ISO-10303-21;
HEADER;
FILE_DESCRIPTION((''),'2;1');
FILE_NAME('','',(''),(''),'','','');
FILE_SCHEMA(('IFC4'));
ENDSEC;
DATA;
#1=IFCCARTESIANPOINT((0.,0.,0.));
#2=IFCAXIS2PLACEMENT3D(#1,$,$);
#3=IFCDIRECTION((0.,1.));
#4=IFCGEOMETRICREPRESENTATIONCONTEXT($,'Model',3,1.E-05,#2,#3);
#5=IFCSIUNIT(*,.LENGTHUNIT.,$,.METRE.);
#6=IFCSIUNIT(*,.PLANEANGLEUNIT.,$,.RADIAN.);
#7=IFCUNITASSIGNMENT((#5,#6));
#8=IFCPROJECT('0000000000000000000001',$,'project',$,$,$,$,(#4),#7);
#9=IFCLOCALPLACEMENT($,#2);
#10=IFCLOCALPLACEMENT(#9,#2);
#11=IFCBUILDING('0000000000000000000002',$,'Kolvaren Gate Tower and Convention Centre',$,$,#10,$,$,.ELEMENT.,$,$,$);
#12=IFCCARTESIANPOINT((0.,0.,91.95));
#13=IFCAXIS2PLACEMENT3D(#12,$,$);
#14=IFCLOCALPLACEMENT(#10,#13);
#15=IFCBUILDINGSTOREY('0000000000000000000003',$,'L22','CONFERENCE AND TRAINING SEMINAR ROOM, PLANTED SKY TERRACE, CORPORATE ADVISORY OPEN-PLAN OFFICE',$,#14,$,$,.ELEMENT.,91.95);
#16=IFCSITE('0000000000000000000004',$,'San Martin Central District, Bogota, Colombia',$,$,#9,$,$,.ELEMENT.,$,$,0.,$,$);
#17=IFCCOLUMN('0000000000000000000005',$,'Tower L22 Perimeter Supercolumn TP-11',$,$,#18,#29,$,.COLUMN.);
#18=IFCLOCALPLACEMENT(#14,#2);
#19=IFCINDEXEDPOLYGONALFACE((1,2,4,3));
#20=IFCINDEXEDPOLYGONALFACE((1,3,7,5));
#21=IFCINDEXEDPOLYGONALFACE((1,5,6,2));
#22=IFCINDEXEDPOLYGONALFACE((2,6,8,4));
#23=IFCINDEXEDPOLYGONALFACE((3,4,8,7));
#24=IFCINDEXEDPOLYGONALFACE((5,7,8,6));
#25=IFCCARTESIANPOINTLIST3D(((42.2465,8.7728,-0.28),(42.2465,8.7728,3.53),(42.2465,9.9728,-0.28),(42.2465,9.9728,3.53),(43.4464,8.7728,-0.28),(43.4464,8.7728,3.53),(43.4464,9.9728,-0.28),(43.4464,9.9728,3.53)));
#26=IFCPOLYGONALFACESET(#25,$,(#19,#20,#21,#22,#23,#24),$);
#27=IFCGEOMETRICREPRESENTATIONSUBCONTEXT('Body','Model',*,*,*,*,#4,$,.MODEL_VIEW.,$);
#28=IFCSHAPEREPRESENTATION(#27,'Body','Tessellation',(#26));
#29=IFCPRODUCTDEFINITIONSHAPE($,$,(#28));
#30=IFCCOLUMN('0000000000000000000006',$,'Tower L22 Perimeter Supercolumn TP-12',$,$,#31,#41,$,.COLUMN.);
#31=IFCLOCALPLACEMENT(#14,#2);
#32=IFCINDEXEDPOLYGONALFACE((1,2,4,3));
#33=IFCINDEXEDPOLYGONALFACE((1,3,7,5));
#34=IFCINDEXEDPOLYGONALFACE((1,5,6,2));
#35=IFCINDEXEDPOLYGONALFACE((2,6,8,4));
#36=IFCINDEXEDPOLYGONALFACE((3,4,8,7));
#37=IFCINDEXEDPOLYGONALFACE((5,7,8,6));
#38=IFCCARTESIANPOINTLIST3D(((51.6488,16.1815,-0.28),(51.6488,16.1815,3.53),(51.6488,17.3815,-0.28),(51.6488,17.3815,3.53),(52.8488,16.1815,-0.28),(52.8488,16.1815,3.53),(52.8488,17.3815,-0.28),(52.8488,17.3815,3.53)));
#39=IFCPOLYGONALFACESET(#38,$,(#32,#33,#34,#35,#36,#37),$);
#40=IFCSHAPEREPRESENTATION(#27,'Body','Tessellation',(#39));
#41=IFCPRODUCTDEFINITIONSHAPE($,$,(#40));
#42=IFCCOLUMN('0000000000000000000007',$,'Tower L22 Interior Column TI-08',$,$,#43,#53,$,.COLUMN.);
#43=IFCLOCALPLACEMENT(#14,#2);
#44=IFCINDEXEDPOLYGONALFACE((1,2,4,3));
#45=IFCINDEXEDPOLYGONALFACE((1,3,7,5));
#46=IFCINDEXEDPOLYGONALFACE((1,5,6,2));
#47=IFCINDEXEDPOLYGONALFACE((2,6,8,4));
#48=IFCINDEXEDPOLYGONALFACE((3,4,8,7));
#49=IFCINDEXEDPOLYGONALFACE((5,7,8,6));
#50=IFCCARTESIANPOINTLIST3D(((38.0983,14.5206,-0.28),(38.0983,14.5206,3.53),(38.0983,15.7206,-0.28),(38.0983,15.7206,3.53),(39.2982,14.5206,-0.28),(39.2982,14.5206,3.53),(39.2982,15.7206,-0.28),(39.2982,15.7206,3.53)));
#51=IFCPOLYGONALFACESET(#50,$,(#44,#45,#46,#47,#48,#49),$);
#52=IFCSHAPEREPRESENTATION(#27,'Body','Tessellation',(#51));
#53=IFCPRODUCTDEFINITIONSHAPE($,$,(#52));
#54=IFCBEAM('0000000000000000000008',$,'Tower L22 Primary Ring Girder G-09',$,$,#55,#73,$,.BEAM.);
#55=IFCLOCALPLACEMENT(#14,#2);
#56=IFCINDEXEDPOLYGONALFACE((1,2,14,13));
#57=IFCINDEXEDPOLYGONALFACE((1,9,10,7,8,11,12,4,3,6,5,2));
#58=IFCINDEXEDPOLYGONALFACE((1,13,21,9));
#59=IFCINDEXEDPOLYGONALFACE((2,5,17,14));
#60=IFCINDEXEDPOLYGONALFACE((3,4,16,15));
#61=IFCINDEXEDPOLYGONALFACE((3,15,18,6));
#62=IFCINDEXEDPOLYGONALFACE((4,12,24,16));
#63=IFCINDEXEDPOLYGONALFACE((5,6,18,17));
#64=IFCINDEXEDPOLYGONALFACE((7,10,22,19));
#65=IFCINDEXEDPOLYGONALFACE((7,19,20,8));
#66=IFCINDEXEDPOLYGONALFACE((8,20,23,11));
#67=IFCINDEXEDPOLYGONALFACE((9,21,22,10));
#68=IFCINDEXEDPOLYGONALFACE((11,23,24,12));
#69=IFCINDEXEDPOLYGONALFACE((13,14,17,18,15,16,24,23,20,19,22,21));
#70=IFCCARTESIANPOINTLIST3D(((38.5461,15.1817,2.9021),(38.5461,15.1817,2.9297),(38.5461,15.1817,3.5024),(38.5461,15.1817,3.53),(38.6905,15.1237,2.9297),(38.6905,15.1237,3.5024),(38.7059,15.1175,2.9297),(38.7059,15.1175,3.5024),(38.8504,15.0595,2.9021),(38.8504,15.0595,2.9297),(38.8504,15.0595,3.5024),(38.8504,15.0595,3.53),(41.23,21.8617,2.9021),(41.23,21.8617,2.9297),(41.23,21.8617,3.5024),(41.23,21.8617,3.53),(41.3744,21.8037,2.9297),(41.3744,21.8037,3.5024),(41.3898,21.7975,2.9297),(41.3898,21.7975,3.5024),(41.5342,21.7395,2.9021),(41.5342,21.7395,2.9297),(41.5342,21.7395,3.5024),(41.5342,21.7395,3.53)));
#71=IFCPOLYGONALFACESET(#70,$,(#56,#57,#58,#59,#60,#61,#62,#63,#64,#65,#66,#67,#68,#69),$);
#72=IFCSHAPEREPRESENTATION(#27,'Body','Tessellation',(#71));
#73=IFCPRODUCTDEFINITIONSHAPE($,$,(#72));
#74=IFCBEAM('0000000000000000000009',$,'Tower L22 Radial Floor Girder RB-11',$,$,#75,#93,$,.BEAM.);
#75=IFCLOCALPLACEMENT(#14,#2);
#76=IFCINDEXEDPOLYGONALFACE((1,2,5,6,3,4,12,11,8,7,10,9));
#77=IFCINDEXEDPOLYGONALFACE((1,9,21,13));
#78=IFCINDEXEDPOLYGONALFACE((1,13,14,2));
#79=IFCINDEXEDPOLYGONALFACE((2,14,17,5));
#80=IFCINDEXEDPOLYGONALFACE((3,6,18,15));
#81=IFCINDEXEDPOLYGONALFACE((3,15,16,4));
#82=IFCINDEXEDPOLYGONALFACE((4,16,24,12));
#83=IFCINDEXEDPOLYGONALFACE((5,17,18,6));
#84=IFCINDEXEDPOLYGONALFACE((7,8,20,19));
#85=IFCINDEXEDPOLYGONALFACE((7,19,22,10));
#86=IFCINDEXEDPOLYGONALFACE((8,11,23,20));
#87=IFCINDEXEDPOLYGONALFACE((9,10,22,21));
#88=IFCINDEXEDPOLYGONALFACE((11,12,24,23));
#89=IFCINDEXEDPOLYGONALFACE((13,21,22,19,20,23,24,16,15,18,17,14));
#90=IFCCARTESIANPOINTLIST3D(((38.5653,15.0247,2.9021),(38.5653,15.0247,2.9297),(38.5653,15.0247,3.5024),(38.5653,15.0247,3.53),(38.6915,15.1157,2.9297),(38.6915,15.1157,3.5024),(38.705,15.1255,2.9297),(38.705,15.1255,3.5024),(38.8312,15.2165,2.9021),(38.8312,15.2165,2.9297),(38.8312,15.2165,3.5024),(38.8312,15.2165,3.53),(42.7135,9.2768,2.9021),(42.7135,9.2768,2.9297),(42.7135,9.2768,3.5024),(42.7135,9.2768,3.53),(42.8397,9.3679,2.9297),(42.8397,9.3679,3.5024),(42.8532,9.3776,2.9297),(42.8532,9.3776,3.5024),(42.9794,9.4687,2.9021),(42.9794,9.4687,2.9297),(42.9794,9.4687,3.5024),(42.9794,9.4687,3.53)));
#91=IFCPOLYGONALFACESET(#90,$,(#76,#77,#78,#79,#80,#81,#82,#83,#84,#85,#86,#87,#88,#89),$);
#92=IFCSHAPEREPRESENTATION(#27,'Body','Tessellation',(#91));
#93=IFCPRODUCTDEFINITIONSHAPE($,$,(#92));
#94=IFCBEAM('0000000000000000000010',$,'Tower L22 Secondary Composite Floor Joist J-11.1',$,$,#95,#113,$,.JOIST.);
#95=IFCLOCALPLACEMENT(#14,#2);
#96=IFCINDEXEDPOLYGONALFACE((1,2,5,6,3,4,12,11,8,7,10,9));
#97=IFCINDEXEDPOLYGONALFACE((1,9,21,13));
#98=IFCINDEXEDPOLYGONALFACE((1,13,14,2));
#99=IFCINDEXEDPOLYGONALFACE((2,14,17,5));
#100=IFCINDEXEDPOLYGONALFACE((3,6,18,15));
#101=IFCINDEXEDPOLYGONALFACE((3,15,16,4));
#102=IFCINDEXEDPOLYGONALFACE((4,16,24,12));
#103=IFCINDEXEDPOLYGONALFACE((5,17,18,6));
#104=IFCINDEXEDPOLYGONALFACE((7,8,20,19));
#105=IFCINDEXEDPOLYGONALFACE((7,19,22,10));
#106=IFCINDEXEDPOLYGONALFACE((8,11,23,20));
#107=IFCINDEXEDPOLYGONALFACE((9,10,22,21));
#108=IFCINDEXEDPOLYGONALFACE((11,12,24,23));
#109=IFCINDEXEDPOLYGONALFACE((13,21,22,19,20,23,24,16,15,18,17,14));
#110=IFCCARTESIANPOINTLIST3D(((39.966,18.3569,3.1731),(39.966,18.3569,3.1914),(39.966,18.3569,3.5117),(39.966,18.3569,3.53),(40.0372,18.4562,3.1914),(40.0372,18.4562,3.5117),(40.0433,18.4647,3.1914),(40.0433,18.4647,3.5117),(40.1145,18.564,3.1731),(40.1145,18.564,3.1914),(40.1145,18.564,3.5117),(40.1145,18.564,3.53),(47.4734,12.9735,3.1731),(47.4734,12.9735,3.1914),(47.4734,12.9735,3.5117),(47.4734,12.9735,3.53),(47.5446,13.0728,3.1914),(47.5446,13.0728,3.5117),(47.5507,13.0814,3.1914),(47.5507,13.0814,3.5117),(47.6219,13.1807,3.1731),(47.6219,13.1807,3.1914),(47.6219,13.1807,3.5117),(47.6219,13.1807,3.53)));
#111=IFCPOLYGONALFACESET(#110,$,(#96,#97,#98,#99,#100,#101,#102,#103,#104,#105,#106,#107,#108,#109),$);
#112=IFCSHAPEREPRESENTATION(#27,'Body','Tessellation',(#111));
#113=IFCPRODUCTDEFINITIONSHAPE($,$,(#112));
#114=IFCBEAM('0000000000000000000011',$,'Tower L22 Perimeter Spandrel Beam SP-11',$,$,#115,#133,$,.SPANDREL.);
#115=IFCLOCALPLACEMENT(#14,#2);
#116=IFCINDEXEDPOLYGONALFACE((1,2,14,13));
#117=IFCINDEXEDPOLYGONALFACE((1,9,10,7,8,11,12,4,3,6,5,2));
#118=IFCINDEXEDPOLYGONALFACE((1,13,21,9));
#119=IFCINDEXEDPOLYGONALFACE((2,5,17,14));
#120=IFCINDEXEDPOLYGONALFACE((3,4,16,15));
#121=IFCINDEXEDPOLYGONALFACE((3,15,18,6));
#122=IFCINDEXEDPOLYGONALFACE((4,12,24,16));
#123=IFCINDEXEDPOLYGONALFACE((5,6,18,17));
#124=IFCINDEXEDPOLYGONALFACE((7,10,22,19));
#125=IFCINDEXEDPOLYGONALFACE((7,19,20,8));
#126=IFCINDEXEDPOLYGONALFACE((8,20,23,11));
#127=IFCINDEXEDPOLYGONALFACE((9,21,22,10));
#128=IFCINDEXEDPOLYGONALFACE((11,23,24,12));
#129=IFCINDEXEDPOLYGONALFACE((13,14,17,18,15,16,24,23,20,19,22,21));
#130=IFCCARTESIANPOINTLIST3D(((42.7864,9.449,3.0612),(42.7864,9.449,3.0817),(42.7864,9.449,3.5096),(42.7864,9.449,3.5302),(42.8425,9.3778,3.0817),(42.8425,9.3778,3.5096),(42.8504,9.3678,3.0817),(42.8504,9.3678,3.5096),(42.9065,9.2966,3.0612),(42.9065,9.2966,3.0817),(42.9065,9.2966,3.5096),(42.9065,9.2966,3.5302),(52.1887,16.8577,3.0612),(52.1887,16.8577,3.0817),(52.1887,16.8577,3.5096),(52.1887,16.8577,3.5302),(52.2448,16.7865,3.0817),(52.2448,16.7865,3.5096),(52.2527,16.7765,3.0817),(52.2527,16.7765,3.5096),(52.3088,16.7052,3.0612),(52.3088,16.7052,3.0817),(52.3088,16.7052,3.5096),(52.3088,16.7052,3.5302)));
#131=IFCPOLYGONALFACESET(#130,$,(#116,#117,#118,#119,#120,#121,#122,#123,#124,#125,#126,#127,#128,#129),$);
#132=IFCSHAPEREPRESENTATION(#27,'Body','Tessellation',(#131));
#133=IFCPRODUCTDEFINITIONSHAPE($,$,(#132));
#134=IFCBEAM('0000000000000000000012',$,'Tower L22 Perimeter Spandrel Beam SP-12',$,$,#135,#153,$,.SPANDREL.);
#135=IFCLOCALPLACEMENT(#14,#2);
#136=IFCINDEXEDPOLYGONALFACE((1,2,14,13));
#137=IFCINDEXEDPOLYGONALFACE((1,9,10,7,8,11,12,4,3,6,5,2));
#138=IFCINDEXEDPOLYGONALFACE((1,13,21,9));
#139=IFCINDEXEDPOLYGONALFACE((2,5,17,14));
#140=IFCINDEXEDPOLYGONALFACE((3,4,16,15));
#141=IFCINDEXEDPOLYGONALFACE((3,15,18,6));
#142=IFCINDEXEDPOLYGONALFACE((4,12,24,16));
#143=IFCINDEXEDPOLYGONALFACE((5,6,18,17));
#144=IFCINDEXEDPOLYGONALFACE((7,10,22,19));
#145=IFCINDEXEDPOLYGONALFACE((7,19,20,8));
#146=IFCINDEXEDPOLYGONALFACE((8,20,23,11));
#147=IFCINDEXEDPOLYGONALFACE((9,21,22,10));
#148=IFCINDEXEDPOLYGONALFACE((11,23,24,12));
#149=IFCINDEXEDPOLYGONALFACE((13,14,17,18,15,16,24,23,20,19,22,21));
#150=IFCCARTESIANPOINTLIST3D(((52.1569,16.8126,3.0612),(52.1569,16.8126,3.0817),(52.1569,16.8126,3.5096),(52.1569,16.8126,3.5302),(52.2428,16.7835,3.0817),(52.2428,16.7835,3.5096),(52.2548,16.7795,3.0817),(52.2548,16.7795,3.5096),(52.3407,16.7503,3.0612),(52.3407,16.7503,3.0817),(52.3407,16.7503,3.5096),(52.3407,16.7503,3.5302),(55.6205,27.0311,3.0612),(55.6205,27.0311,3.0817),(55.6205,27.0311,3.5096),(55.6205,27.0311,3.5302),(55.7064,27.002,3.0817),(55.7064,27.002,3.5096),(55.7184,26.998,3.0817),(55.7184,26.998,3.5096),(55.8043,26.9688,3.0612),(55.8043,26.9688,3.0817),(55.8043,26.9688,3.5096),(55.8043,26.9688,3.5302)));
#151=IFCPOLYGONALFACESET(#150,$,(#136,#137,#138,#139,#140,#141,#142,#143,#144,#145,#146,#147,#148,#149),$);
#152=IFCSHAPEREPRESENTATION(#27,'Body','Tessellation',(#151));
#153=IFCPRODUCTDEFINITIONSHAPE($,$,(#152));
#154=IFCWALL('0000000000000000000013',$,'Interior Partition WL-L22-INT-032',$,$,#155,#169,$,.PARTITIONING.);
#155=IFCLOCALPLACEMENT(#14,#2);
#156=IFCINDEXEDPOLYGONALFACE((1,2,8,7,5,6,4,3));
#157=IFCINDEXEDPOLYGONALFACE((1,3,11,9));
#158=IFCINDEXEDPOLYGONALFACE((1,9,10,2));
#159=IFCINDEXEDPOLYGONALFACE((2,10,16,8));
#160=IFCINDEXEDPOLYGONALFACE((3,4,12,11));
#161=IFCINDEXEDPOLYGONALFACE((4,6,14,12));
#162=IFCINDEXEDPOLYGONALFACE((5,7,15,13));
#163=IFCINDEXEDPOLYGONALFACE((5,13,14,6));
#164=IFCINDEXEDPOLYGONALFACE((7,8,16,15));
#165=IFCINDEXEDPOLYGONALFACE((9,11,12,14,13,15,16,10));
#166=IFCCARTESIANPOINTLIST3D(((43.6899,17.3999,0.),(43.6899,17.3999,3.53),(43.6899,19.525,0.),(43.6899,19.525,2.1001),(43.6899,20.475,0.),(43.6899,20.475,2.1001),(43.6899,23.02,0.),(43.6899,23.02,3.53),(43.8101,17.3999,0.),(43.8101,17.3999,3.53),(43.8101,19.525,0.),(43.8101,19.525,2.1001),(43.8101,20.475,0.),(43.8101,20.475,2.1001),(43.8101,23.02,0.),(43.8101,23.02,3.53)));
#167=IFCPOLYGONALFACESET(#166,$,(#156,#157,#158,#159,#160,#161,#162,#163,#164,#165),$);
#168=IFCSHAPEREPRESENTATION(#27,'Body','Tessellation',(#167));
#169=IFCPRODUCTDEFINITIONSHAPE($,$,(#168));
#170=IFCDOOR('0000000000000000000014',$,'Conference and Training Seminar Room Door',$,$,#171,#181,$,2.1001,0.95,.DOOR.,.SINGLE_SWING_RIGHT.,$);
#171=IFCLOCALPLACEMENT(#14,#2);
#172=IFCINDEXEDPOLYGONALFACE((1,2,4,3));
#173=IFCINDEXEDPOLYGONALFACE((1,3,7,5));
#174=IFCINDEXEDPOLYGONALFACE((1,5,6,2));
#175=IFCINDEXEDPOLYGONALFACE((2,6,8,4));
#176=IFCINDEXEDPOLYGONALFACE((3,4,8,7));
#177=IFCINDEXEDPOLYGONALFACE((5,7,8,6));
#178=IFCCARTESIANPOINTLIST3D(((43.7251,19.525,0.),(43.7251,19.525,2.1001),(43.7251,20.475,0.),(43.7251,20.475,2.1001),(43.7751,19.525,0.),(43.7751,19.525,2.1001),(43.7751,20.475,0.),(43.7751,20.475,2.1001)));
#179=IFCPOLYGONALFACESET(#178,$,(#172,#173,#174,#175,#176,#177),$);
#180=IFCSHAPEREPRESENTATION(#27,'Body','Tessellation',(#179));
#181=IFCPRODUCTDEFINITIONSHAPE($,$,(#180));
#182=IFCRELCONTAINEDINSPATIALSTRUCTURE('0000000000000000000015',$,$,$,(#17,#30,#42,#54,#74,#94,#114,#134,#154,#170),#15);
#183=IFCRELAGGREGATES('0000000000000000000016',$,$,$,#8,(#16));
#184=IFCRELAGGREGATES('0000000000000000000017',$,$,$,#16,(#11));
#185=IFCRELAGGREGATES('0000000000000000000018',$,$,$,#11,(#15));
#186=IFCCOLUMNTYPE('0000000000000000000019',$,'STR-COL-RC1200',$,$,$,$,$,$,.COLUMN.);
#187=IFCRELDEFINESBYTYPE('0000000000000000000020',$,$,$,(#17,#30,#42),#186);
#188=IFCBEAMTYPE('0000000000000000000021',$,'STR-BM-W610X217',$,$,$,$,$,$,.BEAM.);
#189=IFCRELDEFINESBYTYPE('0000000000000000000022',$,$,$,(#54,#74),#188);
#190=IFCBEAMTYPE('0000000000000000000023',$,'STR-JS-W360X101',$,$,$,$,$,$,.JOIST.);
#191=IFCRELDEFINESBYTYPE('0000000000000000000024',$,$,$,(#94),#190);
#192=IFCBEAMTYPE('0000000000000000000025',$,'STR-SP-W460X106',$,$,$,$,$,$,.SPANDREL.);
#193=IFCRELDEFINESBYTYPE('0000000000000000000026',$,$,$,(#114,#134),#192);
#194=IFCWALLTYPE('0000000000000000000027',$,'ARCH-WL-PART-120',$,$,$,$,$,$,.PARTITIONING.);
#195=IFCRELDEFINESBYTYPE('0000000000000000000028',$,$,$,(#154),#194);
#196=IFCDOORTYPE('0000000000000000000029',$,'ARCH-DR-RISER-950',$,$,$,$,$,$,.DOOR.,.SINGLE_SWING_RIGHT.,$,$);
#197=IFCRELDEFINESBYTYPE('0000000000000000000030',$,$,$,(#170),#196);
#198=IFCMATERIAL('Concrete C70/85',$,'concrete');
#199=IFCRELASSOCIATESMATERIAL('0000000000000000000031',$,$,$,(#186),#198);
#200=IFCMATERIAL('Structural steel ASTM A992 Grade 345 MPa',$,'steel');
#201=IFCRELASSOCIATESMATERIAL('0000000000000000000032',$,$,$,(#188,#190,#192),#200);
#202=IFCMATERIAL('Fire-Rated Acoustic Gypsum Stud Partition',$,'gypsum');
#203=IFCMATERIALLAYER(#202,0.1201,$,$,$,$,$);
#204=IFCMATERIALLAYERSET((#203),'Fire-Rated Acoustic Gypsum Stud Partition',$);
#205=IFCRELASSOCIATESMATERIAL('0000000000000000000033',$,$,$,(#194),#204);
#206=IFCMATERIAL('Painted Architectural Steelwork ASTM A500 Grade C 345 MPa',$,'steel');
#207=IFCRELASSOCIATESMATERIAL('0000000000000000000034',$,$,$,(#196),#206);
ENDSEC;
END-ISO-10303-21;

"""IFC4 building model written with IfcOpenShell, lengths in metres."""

from ifc_helpers import new_model, si_unit, direction, frame, frame_2d, origin, origin_2d, place, context, subcontext, project, spatial, rectangle, i_section, extrude, material, layer, layer_set, material_profile, profile_set, type_object, element, fill, save


model = new_model("IFC4")

# Units and contexts
model_context = context("Model", 3, precision=1e-05, world=origin(), true_north=direction((0.0, 1.0)))
body_context = subcontext(model_context, "Body", "Model", "MODEL_VIEW")
ifc_project = project(units=[si_unit("LENGTHUNIT", "METRE"), si_unit("PLANEANGLEUNIT", "RADIAN")], contexts=[model_context])

# Site, building, storey
site_placement = place(None, origin())
site = spatial("IfcSite", under=ifc_project, at=site_placement, Name="San Martin Central District, Bogota, Colombia", CompositionType="ELEMENT", RefElevation=0.0)
building_placement = place(site_placement, origin())
building = spatial("IfcBuilding", under=site, at=building_placement, Name="Kolvaren Gate Tower and Convention Centre", CompositionType="ELEMENT")
storey_placement = place(building_placement, frame((0.0, 0.0, 91.95)))
storey = spatial("IfcBuildingStorey", under=building, at=storey_placement, Name="L22", Description="CONFERENCE AND TRAINING SEMINAR ROOM, PLANTED SKY TERRACE, CORPORATE ADVISORY OPEN-PLAN OFFICE", CompositionType="ELEMENT", Elevation=91.95)

# Columns
ifc_material_1 = material(Name="Concrete C70/85", Category="concrete")
ifc_material_profile_1 = material_profile(ifc_material_1, rectangle(XDim=1.2, YDim=1.2, at=origin_2d()), Name="RC-COL-1200X1200")
ifc_profile_set_1 = profile_set([ifc_material_profile_1], Name="Concrete C70/85")
column_type = type_object("IfcColumnType", Name="STR-COL-RC1200", PredefinedType="COLUMN", material=ifc_profile_set_1)
for number, where, z_axis, x_axis, name in (
    (1, (42.8464, 9.3728, -0.28), (0.0, 0.0, 1.0), (1.0, 0.0, 0.0), "Tower L22 Perimeter Supercolumn TP-11"),
    (2, (52.2488, 16.7815, -0.28), (0.0, 0.0, 1.0), (1.0, 0.0, 0.0), "Tower L22 Perimeter Supercolumn TP-12"),
    (3, (38.6982, 15.1206, -0.28), (0.0, 0.0, 1.0), (1.0, 0.0, 0.0), "Tower L22 Interior Column TI-08"),
):
    element("IfcColumn", number, at=place(storey_placement, frame(where, z_axis=z_axis, x_axis=x_axis)), inside=storey, type_object=column_type, Name=name, PredefinedType="COLUMN", context=body_context, shape_type="SweptSolid", body=[
        extrude(rectangle(XDim=1.2, YDim=1.2, at=origin_2d()), origin(), (0.0, 0.0, 1.0), 3.8101),
    ])

# Beams
ifc_material_2 = material(Name="Structural steel ASTM A992 Grade 345 MPa", Category="steel")
ifc_material_profile_2 = material_profile(ifc_material_2, i_section(OverallWidth=0.3279, OverallDepth=0.6279, WebThickness=0.0166, FlangeThickness=0.0276, at=origin_2d()), Name="W610X217")
ifc_profile_set_2 = profile_set([ifc_material_profile_2], Name="Structural steel ASTM A992 Grade 345 MPa")
beam_type_1 = type_object("IfcBeamType", Name="STR-BM-W610X217", PredefinedType="BEAM", material=ifc_profile_set_2)
beam_1_placement = place(storey_placement, frame((38.6982, 15.1206, 3.2161), z_axis=(0.372811, 0.927907, 0.0), x_axis=(-0.927907, 0.372811, 0.0)))
element("IfcBeam", 4, at=beam_1_placement, inside=storey, type_object=beam_type_1, Name="Tower L22 Primary Ring Girder G-09", PredefinedType="BEAM", context=body_context, shape_type="SweptSolid", body=[
    extrude(i_section(OverallWidth=0.3279, OverallDepth=0.6279, WebThickness=0.0166, FlangeThickness=0.0276, at=origin_2d()), origin(), (0.0, 0.0, 1.0), 7.199),
])
beam_2_placement = place(storey_placement, frame((38.6982, 15.1206, 3.2161), z_axis=(0.585213, -0.81088, 0.0), x_axis=(0.81088, 0.585213, 0.0)))
element("IfcBeam", 5, at=beam_2_placement, inside=storey, type_object=beam_type_1, Name="Tower L22 Radial Floor Girder RB-11", PredefinedType="BEAM", context=body_context, shape_type="SweptSolid", body=[
    extrude(i_section(OverallWidth=0.3279, OverallDepth=0.6279, WebThickness=0.0166, FlangeThickness=0.0276, at=origin_2d()), origin(), (0.0, 0.0, 1.0), 7.0884),
])
ifc_material_profile_3 = material_profile(ifc_material_2, i_section(OverallWidth=0.2549, OverallDepth=0.3569, WebThickness=0.0105, FlangeThickness=0.0183, at=origin_2d()), Name="W360X101")
ifc_profile_set_3 = profile_set([ifc_material_profile_3], Name="Structural steel ASTM A992 Grade 345 MPa")
beam_type_2 = type_object("IfcBeamType", Name="STR-JS-W360X101", PredefinedType="JOIST", material=ifc_profile_set_3)
beam_3_placement = place(storey_placement, frame((40.0403, 18.4604, 3.3516), z_axis=(0.812661, -0.582737, 0.0), x_axis=(0.582737, 0.812661, 0.0)))
element("IfcBeam", 6, at=beam_3_placement, inside=storey, type_object=beam_type_2, Name="Tower L22 Secondary Composite Floor Joist J-11.1", PredefinedType="JOIST", context=body_context, shape_type="SweptSolid", body=[
    extrude(i_section(OverallWidth=0.2549, OverallDepth=0.3569, WebThickness=0.0105, FlangeThickness=0.0183, at=origin_2d()), origin(), (0.0, 0.0, 1.0), 9.238),
])
ifc_material_profile_4 = material_profile(ifc_material_2, i_section(OverallWidth=0.1941, OverallDepth=0.469, WebThickness=0.0127, FlangeThickness=0.0205, at=origin_2d()), Name="W460X106")
ifc_profile_set_4 = profile_set([ifc_material_profile_4], Name="Structural steel ASTM A992 Grade 345 MPa")
beam_type_3 = type_object("IfcBeamType", Name="STR-SP-W460X106", PredefinedType="SPANDREL", material=ifc_profile_set_4)
beam_4_placement = place(storey_placement, frame((42.8464, 9.3728, 3.2957), z_axis=(0.78546, 0.618913, 0.0), x_axis=(-0.618913, 0.78546, 0.0)))
element("IfcBeam", 7, at=beam_4_placement, inside=storey, type_object=beam_type_3, Name="Tower L22 Perimeter Spandrel Beam SP-11", PredefinedType="SPANDREL", context=body_context, shape_type="SweptSolid", body=[
    extrude(i_section(OverallWidth=0.1941, OverallDepth=0.469, WebThickness=0.0127, FlangeThickness=0.0205, at=origin_2d()), origin(), (0.0, 0.0, 1.0), 11.9705),
])
beam_5_placement = place(storey_placement, frame((52.2488, 16.7815, 3.2957), z_axis=(0.321016, 0.947074, 0.0), x_axis=(-0.947074, 0.321016, 0.0)))
element("IfcBeam", 8, at=beam_5_placement, inside=storey, type_object=beam_type_3, Name="Tower L22 Perimeter Spandrel Beam SP-12", PredefinedType="SPANDREL", context=body_context, shape_type="SweptSolid", body=[
    extrude(i_section(OverallWidth=0.1941, OverallDepth=0.469, WebThickness=0.0127, FlangeThickness=0.0205, at=origin_2d()), origin(), (0.0, 0.0, 1.0), 10.7896),
])

# Wall, opening, door
ifc_material_3 = material(Name="Fire-Rated Acoustic Gypsum Stud Partition", Category="gypsum")
ifc_layer_1 = layer(ifc_material_3, 0.1201)
ifc_layer_set_1 = layer_set([ifc_layer_1], Name="Fire-Rated Acoustic Gypsum Stud Partition")
wall_type_1 = type_object("IfcWallType", Name="ARCH-WL-PART-120", PredefinedType="PARTITIONING", material=ifc_layer_set_1)
wall_1_placement = place(storey_placement, frame((43.75, 17.3999, 0.0), z_axis=(0.0, 0.0, 1.0), x_axis=(0.0, 1.0, 0.0)))
wall_1 = element("IfcWall", 9, at=wall_1_placement, inside=storey, type_object=wall_type_1, Name="Interior Partition WL-L22-INT-032", PredefinedType="PARTITIONING", context=body_context, shape_type="SweptSolid", body=[
    extrude(rectangle(XDim=5.6201, YDim=0.1201, at=frame_2d((2.8101, 0.0))), origin(), (0.0, 0.0, 1.0), 3.53),
])
opening_1_placement = place(wall_1_placement, frame((2.125, 0.0, 0.0)))
opening_1 = element("IfcOpeningElement", 10, at=opening_1_placement, cuts=wall_1, PredefinedType="OPENING", context=body_context, shape_type="SweptSolid", body=[
    extrude(rectangle(XDim=0.95, YDim=2.1001, at=frame_2d((0.4751, 1.05))), frame((0.0, 0.0701, 0.0), z_axis=(0.0, -1.0, 0.0), x_axis=(1.0, 0.0, 0.0)), (0.0, 0.0, 1.0), 0.1401),
])
ifc_material_4 = material(Name="Painted Architectural Steelwork ASTM A500 Grade C 345 MPa", Category="steel")
door_type_1 = type_object("IfcDoorType", Name="ARCH-DR-RISER-950", OperationType="SINGLE_SWING_RIGHT", PredefinedType="DOOR", material=ifc_material_4)
door_1_placement = place(opening_1_placement, origin())
door_1 = element("IfcDoor", 11, at=door_1_placement, inside=storey, type_object=door_type_1, Name="Conference and Training Seminar Room Door", OperationType="SINGLE_SWING_RIGHT", OverallHeight=2.1001, OverallWidth=0.95, PredefinedType="DOOR", context=body_context, shape_type="SweptSolid", body=[
    extrude(rectangle(XDim=0.95, YDim=2.1001, at=frame_2d((0.4751, 1.05))), frame((0.0, 0.0249, 0.0), z_axis=(0.0, -1.0, 0.0), x_axis=(1.0, 0.0, 0.0)), (0.0, 0.0, 1.0), 0.05),
])
fill(opening_1, door_1)

save(model, "model.ifc")
